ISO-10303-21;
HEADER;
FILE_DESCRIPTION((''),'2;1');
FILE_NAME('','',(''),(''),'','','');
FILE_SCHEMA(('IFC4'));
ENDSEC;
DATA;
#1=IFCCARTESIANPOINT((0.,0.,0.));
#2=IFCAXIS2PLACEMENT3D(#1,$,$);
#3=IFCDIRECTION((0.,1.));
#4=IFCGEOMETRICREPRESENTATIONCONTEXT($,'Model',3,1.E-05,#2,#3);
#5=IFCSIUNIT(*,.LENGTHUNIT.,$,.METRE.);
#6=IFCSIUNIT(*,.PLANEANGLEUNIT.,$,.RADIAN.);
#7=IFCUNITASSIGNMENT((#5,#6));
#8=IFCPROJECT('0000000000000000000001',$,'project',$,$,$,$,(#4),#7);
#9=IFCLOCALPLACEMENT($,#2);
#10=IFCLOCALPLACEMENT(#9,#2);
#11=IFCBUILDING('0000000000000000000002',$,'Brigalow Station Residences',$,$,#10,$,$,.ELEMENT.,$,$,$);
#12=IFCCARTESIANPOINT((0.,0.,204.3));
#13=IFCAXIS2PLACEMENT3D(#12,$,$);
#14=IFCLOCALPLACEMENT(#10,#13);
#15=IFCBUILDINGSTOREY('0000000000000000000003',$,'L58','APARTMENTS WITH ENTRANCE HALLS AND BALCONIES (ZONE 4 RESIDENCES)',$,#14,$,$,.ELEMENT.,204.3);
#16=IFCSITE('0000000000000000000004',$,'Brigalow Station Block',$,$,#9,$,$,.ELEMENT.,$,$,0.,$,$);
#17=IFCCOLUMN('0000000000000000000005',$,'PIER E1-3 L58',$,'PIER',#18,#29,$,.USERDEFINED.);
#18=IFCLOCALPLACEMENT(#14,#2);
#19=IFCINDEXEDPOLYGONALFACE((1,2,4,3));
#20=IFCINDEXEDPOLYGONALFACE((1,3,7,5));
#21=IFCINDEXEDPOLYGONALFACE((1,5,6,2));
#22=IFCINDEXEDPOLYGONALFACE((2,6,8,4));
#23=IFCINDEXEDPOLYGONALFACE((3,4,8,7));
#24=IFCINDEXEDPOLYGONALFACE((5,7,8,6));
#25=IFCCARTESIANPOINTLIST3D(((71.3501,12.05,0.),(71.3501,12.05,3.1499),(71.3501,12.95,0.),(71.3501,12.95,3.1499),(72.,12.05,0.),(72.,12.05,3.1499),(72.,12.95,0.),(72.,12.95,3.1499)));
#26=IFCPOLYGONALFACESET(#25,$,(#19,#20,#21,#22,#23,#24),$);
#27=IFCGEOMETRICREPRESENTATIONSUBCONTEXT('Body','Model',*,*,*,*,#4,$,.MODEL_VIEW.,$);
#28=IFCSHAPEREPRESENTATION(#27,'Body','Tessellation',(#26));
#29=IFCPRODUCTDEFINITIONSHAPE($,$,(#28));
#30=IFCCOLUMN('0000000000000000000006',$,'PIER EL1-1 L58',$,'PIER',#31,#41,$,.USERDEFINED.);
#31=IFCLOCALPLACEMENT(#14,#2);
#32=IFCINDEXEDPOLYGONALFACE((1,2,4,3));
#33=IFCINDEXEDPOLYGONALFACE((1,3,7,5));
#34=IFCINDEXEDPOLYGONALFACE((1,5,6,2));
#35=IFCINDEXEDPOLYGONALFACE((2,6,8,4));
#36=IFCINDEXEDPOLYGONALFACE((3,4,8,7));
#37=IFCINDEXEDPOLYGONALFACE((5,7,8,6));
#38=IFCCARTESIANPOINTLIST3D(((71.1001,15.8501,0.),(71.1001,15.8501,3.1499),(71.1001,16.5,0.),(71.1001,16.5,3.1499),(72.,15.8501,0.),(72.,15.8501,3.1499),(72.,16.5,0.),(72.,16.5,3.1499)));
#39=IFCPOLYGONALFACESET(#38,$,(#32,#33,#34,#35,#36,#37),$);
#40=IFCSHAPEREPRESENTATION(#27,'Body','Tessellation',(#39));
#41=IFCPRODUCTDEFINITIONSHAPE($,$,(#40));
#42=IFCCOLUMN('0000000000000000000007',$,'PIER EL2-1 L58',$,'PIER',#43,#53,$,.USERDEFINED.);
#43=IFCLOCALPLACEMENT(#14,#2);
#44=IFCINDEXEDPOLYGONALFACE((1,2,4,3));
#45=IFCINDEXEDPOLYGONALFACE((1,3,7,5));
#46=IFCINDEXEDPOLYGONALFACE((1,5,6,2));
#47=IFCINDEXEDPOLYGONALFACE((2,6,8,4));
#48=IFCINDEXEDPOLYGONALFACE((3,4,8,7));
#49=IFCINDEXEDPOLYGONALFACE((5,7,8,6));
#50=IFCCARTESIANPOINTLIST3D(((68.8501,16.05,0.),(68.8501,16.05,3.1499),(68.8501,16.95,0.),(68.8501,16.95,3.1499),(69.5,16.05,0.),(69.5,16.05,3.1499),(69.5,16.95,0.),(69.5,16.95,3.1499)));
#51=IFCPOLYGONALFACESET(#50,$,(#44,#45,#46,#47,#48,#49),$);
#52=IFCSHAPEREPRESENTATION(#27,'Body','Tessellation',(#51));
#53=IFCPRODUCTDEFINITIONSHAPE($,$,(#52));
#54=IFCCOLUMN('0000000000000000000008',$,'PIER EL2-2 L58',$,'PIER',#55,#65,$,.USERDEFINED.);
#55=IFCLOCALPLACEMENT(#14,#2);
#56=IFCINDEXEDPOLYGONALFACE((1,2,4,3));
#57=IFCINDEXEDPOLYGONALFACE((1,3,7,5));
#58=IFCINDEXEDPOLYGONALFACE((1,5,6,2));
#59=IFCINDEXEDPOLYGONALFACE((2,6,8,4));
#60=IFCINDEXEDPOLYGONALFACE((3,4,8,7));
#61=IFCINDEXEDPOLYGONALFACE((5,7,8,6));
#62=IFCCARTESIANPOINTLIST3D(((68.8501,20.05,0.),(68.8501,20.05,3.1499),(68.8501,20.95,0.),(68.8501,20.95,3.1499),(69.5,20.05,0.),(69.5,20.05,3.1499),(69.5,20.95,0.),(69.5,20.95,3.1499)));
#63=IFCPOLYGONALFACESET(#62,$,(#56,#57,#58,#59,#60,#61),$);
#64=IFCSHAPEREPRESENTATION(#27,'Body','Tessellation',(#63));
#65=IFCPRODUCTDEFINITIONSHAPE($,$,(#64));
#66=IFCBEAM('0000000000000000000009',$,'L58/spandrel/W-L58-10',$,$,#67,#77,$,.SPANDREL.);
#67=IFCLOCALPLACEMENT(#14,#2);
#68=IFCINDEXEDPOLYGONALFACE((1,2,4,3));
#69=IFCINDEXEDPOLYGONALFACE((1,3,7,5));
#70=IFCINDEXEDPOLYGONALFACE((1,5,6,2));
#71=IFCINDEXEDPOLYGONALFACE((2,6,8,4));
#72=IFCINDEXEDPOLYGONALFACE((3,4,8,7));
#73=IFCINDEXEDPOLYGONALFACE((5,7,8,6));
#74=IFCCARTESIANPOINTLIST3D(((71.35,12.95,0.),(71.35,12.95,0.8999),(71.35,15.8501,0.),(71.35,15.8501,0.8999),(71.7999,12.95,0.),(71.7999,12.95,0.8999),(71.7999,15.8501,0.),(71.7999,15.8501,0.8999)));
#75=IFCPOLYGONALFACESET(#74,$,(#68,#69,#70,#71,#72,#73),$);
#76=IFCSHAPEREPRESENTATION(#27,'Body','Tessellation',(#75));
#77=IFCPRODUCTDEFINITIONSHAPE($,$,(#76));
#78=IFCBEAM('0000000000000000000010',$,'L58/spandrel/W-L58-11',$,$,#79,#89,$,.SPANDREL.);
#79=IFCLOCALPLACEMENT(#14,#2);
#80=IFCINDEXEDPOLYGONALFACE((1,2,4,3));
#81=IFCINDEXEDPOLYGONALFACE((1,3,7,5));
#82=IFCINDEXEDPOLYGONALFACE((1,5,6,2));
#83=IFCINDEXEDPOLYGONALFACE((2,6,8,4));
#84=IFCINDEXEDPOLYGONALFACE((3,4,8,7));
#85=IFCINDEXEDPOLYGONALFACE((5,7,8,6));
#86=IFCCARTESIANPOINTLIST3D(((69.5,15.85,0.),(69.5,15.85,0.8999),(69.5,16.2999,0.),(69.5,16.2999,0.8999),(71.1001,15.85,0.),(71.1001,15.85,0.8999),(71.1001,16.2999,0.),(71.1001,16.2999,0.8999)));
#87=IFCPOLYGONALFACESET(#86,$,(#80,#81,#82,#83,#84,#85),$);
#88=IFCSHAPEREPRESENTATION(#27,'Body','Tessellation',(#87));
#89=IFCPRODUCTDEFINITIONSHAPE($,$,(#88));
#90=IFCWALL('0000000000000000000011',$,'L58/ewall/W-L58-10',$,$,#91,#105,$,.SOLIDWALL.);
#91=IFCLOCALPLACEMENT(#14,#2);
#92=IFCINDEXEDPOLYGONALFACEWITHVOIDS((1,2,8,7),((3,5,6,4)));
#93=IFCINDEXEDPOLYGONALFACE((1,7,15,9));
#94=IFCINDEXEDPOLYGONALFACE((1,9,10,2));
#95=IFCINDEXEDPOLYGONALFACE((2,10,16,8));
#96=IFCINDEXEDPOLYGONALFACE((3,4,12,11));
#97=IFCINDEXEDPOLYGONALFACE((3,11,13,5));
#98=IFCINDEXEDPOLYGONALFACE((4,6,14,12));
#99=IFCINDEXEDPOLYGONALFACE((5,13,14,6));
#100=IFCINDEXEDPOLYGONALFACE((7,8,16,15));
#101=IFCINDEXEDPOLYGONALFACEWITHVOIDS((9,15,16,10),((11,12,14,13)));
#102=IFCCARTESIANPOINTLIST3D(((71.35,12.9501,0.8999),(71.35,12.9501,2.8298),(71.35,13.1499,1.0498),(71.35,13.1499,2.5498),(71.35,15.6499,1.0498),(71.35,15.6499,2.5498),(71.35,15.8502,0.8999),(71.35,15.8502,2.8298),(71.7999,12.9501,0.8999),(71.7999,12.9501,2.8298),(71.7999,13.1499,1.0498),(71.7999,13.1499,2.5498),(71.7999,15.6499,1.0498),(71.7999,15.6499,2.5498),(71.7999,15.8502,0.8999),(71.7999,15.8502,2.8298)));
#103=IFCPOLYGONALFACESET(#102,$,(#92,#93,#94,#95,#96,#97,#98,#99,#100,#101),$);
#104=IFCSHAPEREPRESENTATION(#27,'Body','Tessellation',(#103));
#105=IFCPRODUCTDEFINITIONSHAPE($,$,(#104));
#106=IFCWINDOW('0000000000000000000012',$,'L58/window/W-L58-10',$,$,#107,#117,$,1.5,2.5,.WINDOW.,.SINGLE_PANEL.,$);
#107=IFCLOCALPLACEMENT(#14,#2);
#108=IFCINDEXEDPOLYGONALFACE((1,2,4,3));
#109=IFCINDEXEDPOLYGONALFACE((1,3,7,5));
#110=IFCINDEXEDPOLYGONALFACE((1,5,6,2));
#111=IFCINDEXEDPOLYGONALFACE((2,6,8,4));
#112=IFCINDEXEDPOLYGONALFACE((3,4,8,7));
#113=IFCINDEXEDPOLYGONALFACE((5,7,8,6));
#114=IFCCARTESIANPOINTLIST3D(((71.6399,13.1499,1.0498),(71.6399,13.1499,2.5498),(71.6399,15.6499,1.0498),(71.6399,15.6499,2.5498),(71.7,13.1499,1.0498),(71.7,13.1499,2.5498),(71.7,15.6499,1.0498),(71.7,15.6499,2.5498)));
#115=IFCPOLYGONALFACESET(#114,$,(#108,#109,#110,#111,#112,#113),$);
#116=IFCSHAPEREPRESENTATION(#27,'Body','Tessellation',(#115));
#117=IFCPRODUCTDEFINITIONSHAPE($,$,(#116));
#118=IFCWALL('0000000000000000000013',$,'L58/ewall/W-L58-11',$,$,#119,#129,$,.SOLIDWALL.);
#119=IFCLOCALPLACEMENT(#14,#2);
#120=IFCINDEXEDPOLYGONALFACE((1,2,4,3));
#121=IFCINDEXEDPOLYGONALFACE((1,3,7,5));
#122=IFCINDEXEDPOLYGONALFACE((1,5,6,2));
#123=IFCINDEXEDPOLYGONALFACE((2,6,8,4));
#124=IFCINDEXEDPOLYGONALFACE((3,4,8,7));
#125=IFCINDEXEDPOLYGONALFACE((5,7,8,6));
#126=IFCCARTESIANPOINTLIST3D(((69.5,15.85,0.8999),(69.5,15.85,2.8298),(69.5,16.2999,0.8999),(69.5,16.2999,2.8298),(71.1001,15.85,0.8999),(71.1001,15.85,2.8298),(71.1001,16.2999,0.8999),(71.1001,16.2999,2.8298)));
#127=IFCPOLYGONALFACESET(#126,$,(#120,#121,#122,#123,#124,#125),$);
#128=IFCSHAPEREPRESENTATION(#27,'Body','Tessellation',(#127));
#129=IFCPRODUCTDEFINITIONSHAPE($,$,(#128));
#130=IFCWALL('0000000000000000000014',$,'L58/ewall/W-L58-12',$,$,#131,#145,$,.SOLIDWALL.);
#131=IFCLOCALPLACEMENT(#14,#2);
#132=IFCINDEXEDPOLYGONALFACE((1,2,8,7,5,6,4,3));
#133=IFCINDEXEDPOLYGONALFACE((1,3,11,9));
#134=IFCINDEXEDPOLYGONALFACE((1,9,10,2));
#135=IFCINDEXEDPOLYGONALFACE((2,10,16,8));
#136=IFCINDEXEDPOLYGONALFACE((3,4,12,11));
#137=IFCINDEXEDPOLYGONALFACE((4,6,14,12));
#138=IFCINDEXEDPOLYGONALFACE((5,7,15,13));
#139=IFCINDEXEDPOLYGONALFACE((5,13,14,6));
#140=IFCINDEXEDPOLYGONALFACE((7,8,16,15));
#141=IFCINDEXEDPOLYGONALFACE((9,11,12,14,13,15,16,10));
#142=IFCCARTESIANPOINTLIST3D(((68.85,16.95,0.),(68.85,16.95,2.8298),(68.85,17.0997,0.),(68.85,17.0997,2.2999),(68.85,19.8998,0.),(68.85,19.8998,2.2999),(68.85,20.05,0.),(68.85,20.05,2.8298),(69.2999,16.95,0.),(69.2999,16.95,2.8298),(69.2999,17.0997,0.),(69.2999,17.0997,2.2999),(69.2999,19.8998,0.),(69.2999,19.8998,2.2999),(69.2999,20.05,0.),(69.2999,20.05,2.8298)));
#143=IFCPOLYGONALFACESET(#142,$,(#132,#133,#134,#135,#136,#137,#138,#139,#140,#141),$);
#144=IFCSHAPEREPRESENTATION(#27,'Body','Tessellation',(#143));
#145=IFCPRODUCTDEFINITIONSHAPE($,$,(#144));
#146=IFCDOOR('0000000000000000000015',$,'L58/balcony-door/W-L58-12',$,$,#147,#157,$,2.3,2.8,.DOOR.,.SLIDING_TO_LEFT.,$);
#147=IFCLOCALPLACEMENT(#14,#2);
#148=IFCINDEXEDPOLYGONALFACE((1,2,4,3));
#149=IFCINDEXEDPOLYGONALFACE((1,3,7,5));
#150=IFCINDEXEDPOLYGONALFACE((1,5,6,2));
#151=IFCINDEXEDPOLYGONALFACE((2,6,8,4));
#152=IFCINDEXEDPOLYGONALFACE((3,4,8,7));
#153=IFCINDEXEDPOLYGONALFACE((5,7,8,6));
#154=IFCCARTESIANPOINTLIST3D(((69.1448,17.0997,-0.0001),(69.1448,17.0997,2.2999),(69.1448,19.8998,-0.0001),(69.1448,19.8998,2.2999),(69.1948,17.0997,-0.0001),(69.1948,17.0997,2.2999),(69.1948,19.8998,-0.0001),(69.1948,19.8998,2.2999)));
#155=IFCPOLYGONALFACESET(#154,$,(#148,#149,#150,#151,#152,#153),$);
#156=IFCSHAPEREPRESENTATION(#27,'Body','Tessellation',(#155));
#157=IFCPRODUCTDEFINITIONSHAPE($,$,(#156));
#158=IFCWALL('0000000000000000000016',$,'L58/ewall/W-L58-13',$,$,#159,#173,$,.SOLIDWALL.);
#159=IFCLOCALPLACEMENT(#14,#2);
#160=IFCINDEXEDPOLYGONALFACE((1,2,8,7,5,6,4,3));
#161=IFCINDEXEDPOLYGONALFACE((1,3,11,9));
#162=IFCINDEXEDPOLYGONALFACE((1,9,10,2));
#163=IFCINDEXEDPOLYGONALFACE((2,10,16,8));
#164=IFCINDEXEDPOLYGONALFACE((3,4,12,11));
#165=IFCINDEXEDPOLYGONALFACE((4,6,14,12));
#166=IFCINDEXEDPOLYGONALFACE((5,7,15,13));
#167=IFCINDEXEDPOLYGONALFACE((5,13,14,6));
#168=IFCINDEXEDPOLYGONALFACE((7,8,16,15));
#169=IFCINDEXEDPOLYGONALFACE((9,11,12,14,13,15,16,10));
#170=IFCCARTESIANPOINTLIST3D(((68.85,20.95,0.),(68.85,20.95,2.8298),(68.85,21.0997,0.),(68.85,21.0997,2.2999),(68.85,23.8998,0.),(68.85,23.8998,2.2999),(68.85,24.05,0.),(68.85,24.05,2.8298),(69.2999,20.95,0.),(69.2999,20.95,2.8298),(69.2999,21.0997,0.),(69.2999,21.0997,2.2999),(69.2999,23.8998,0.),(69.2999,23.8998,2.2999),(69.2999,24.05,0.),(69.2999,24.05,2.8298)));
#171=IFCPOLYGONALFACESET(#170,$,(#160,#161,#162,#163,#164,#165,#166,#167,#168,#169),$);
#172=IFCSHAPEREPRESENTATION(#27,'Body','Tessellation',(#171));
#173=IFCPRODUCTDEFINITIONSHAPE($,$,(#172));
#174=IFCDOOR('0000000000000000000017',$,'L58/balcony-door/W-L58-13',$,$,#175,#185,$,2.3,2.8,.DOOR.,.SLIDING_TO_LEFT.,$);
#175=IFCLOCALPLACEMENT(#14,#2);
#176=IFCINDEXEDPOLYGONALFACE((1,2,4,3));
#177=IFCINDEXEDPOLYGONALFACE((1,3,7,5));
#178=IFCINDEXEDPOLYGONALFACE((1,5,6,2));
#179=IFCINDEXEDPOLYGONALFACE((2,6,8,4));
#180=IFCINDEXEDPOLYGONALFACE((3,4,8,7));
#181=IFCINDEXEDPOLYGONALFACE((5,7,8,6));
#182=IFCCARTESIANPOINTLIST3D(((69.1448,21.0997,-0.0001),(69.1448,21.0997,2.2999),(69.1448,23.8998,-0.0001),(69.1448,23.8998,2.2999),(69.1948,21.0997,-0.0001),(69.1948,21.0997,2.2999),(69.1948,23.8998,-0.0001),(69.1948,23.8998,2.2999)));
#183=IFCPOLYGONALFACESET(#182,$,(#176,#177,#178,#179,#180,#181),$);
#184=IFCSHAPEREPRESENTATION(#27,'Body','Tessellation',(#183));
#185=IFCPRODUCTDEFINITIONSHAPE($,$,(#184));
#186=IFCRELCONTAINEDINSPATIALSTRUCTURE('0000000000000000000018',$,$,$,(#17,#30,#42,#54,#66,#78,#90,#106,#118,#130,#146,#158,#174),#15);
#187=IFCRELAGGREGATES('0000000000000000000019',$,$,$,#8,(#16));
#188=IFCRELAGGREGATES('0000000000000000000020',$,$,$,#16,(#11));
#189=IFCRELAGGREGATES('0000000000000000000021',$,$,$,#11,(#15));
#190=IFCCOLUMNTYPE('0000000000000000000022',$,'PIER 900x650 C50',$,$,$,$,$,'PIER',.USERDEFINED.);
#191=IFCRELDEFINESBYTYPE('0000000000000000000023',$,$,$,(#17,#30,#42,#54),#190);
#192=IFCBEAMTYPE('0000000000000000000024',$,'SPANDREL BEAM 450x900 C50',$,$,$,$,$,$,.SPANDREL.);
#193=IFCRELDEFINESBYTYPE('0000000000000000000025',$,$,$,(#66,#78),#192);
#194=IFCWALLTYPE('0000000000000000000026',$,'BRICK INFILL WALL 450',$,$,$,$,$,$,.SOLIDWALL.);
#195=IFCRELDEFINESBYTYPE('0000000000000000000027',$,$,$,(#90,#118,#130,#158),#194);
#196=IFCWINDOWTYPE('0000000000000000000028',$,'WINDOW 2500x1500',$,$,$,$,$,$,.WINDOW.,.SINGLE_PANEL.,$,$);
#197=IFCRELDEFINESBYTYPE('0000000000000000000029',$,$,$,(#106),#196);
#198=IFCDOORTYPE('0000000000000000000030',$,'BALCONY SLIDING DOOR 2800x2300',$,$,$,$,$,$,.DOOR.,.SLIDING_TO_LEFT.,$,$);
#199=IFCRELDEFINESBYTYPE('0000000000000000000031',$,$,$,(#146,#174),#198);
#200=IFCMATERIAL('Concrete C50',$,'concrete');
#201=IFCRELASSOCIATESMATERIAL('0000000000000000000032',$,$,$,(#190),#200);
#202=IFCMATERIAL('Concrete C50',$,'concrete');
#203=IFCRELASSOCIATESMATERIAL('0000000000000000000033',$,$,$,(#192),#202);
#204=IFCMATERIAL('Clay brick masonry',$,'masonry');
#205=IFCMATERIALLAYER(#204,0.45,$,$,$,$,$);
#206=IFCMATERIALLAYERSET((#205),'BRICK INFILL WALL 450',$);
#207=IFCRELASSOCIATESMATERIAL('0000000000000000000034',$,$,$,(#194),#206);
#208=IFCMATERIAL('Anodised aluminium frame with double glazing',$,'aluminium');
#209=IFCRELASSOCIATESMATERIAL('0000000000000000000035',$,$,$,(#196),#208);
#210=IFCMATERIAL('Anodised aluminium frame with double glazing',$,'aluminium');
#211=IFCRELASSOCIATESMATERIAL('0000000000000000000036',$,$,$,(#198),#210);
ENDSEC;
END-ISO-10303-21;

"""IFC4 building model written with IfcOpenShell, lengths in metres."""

from ifc_helpers import new_model, si_unit, direction, frame, frame_2d, origin, origin_2d, place, context, subcontext, project, spatial, rectangle, extrude, material, layer, layer_set, material_profile, profile_set, type_object, element, fill, save


model = new_model("IFC4")

# Units and contexts
model_context = context("Model", 3, precision=1e-05, world=origin(), true_north=direction((0.0, 1.0)))
body_context = subcontext(model_context, "Body", "Model", "MODEL_VIEW")
ifc_project = project(units=[si_unit("LENGTHUNIT", "METRE"), si_unit("PLANEANGLEUNIT", "RADIAN")], contexts=[model_context])

# Site, building, storey
site_placement = place(None, origin())
site = spatial("IfcSite", under=ifc_project, at=site_placement, Name="Brigalow Station Block", CompositionType="ELEMENT", RefElevation=0.0)
building_placement = place(site_placement, origin())
building = spatial("IfcBuilding", under=site, at=building_placement, Name="Brigalow Station Residences", CompositionType="ELEMENT")
storey_placement = place(building_placement, frame((0.0, 0.0, 204.3)))
storey = spatial("IfcBuildingStorey", under=building, at=storey_placement, Name="L58", Description="APARTMENTS WITH ENTRANCE HALLS AND BALCONIES (ZONE 4 RESIDENCES)", CompositionType="ELEMENT", Elevation=204.3)

# Columns
ifc_material_1 = material(Name="Concrete C50", Category="concrete")
ifc_material_profile_1 = material_profile(ifc_material_1, rectangle(XDim=0.8999, YDim=0.6499, at=origin_2d()), Name="RC900x650")
ifc_profile_set_1 = profile_set([ifc_material_profile_1], Name="Concrete C50")
column_type = type_object("IfcColumnType", Name="PIER 900x650 C50", ElementType="PIER", PredefinedType="USERDEFINED", material=ifc_profile_set_1)
for number, where, z_axis, x_axis, name in (
    (1, (71.675, 12.5, 0.0), (0.0, 0.0, 1.0), (0.0, 1.0, 0.0), "PIER E1-3 L58"),
    (2, (71.55, 16.175, 0.0), (0.0, 0.0, 1.0), (-1.0, 0.0, 0.0), "PIER EL1-1 L58"),
    (3, (69.175, 16.5, 0.0), (0.0, 0.0, 1.0), (0.0, 1.0, 0.0), "PIER EL2-1 L58"),
    (4, (69.175, 20.5, 0.0), (0.0, 0.0, 1.0), (0.0, 1.0, 0.0), "PIER EL2-2 L58"),
):
    element("IfcColumn", number, at=place(storey_placement, frame(where, z_axis=z_axis, x_axis=x_axis)), inside=storey, type_object=column_type, Name=name, ObjectType="PIER", PredefinedType="USERDEFINED", context=body_context, shape_type="SweptSolid", body=[
        extrude(rectangle(XDim=0.8999, YDim=0.6499, at=origin_2d()), origin(), (0.0, 0.0, 1.0), 3.1499),
    ])

# Beams
ifc_material_2 = material(Name="Concrete C50", Category="concrete")
ifc_material_profile_2 = material_profile(ifc_material_2, rectangle(XDim=0.45, YDim=0.8999, at=origin_2d()), Name="RC450x900")
ifc_profile_set_2 = profile_set([ifc_material_profile_2], Name="Concrete C50")
beam_type = type_object("IfcBeamType", Name="SPANDREL BEAM 450x900 C50", PredefinedType="SPANDREL", material=ifc_profile_set_2)
beam_1_placement = place(storey_placement, frame((71.575, 12.95, 0.45), z_axis=(0.0, 1.0, 0.0), x_axis=(-1.0, 0.0, 0.0)))
element("IfcBeam", 5, at=beam_1_placement, inside=storey, type_object=beam_type, Name="L58/spandrel/W-L58-10", PredefinedType="SPANDREL", context=body_context, shape_type="SweptSolid", body=[
    extrude(rectangle(XDim=0.45, YDim=0.8999, at=origin_2d()), origin(), (0.0, 0.0, 1.0), 2.9001),
])
beam_2_placement = place(storey_placement, frame((71.1001, 16.075, 0.45), z_axis=(-1.0, 0.0, 0.0), x_axis=(0.0, -1.0, 0.0)))
element("IfcBeam", 6, at=beam_2_placement, inside=storey, type_object=beam_type, Name="L58/spandrel/W-L58-11", PredefinedType="SPANDREL", context=body_context, shape_type="SweptSolid", body=[
    extrude(rectangle(XDim=0.45, YDim=0.8999, at=origin_2d()), origin(), (0.0, 0.0, 1.0), 1.6001),
])

# Wall, opening, window
ifc_material_3 = material(Name="Clay brick masonry", Category="masonry")
ifc_layer_1 = layer(ifc_material_3, 0.45)
ifc_layer_set_1 = layer_set([ifc_layer_1], Name="BRICK INFILL WALL 450")
wall_type_1 = type_object("IfcWallType", Name="BRICK INFILL WALL 450", PredefinedType="SOLIDWALL", material=ifc_layer_set_1)
wall_1_placement = place(storey_placement, frame((71.575, 12.95, 0.8999), z_axis=(0.0, 0.0, 1.0), x_axis=(0.0, 1.0, 0.0)))
wall_1 = element("IfcWall", 7, at=wall_1_placement, inside=storey, type_object=wall_type_1, Name="L58/ewall/W-L58-10", PredefinedType="SOLIDWALL", context=body_context, shape_type="SweptSolid", body=[
    extrude(rectangle(XDim=2.9001, YDim=0.45, at=frame_2d((1.4502, 0.0))), origin(), (0.0, 0.0, 1.0), 1.9299),
])
opening_1_placement = place(wall_1_placement, frame((0.2, 0.0, 0.1499)))
opening_1 = element("IfcOpeningElement", 8, at=opening_1_placement, cuts=wall_1, PredefinedType="OPENING", context=body_context, shape_type="SweptSolid", body=[
    extrude(rectangle(XDim=2.5, YDim=1.5, at=frame_2d((1.25, 0.75))), frame((0.0, 0.2349, 0.0), z_axis=(0.0, -1.0, 0.0), x_axis=(1.0, 0.0, 0.0)), (0.0, 0.0, 1.0), 0.47),
])
ifc_material_4 = material(Name="Anodised aluminium frame with double glazing", Category="aluminium")
window_type = type_object("IfcWindowType", Name="WINDOW 2500x1500", PartitioningType="SINGLE_PANEL", PredefinedType="WINDOW", material=ifc_material_4)
window_placement = place(opening_1_placement, origin())
window = element("IfcWindow", 9, at=window_placement, inside=storey, type_object=window_type, Name="L58/window/W-L58-10", OverallHeight=1.5, OverallWidth=2.5, PartitioningType="SINGLE_PANEL", PredefinedType="WINDOW", context=body_context, shape_type="SweptSolid", body=[
    extrude(rectangle(XDim=2.5, YDim=1.5, at=frame_2d((1.25, 0.75))), frame((0.0, -0.0649, 0.0), z_axis=(0.0, -1.0, 0.0), x_axis=(1.0, 0.0, 0.0)), (0.0, 0.0, 1.0), 0.0601),
])
fill(opening_1, window)

# Wall
wall_2_placement = place(storey_placement, frame((71.1001, 16.075, 0.8999), z_axis=(0.0, 0.0, 1.0), x_axis=(-1.0, 0.0, 0.0)))
element("IfcWall", 10, at=wall_2_placement, inside=storey, type_object=wall_type_1, Name="L58/ewall/W-L58-11", PredefinedType="SOLIDWALL", context=body_context, shape_type="SweptSolid", body=[
    extrude(rectangle(XDim=1.6001, YDim=0.45, at=frame_2d((0.8, 0.0))), origin(), (0.0, 0.0, 1.0), 1.9299),
])

# Walls, openings, doors
wall_3_placement = place(storey_placement, frame((69.075, 16.95, 0.0), z_axis=(0.0, 0.0, 1.0), x_axis=(0.0, 1.0, 0.0)))
wall_3 = element("IfcWall", 11, at=wall_3_placement, inside=storey, type_object=wall_type_1, Name="L58/ewall/W-L58-12", PredefinedType="SOLIDWALL", context=body_context, shape_type="SweptSolid", body=[
    extrude(rectangle(XDim=3.1001, YDim=0.45, at=frame_2d((1.55, 0.0))), origin(), (0.0, 0.0, 1.0), 2.8298),
])
opening_2_placement = place(wall_3_placement, frame((0.1499, 0.0, 0.0)))
opening_2 = element("IfcOpeningElement", 12, at=opening_2_placement, cuts=wall_3, PredefinedType="OPENING", context=body_context, shape_type="SweptSolid", body=[
    extrude(rectangle(XDim=2.8, YDim=2.3, at=frame_2d((1.3999, 1.1499))), frame((0.0, 0.2349, 0.0), z_axis=(0.0, -1.0, 0.0), x_axis=(1.0, 0.0, 0.0)), (0.0, 0.0, 1.0), 0.47),
])
ifc_material_5 = material(Name="Anodised aluminium frame with double glazing", Category="aluminium")
door_type_1 = type_object("IfcDoorType", Name="BALCONY SLIDING DOOR 2800x2300", OperationType="SLIDING_TO_LEFT", PredefinedType="DOOR", material=ifc_material_5)
door_1_placement = place(opening_2_placement, origin())
door_1 = element("IfcDoor", 13, at=door_1_placement, inside=storey, type_object=door_type_1, Name="L58/balcony-door/W-L58-12", OperationType="SLIDING_TO_LEFT", OverallHeight=2.3, OverallWidth=2.8, PredefinedType="DOOR", context=body_context, shape_type="SweptSolid", body=[
    extrude(rectangle(XDim=2.8, YDim=2.3, at=frame_2d((1.3999, 1.1499))), frame((0.0, -0.0698, 0.0), z_axis=(0.0, -1.0, 0.0), x_axis=(1.0, 0.0, 0.0)), (0.0, 0.0, 1.0), 0.05),
])
fill(opening_2, door_1)
wall_4_placement = place(storey_placement, frame((69.075, 20.95, 0.0), z_axis=(0.0, 0.0, 1.0), x_axis=(0.0, 1.0, 0.0)))
wall_4 = element("IfcWall", 14, at=wall_4_placement, inside=storey, type_object=wall_type_1, Name="L58/ewall/W-L58-13", PredefinedType="SOLIDWALL", context=body_context, shape_type="SweptSolid", body=[
    extrude(rectangle(XDim=3.1001, YDim=0.45, at=frame_2d((1.55, 0.0))), origin(), (0.0, 0.0, 1.0), 2.8298),
])
opening_3_placement = place(wall_4_placement, frame((0.1499, 0.0, 0.0)))
opening_3 = element("IfcOpeningElement", 15, at=opening_3_placement, cuts=wall_4, PredefinedType="OPENING", context=body_context, shape_type="SweptSolid", body=[
    extrude(rectangle(XDim=2.8, YDim=2.3, at=frame_2d((1.3999, 1.1499))), frame((0.0, 0.2349, 0.0), z_axis=(0.0, -1.0, 0.0), x_axis=(1.0, 0.0, 0.0)), (0.0, 0.0, 1.0), 0.47),
])
door_2_placement = place(opening_3_placement, origin())
door_2 = element("IfcDoor", 16, at=door_2_placement, inside=storey, type_object=door_type_1, Name="L58/balcony-door/W-L58-13", OperationType="SLIDING_TO_LEFT", OverallHeight=2.3, OverallWidth=2.8, PredefinedType="DOOR", context=body_context, shape_type="SweptSolid", body=[
    extrude(rectangle(XDim=2.8, YDim=2.3, at=frame_2d((1.3999, 1.1499))), frame((0.0, -0.0698, 0.0), z_axis=(0.0, -1.0, 0.0), x_axis=(1.0, 0.0, 0.0)), (0.0, 0.0, 1.0), 0.05),
])
fill(opening_3, door_2)

save(model, "model.ifc")
